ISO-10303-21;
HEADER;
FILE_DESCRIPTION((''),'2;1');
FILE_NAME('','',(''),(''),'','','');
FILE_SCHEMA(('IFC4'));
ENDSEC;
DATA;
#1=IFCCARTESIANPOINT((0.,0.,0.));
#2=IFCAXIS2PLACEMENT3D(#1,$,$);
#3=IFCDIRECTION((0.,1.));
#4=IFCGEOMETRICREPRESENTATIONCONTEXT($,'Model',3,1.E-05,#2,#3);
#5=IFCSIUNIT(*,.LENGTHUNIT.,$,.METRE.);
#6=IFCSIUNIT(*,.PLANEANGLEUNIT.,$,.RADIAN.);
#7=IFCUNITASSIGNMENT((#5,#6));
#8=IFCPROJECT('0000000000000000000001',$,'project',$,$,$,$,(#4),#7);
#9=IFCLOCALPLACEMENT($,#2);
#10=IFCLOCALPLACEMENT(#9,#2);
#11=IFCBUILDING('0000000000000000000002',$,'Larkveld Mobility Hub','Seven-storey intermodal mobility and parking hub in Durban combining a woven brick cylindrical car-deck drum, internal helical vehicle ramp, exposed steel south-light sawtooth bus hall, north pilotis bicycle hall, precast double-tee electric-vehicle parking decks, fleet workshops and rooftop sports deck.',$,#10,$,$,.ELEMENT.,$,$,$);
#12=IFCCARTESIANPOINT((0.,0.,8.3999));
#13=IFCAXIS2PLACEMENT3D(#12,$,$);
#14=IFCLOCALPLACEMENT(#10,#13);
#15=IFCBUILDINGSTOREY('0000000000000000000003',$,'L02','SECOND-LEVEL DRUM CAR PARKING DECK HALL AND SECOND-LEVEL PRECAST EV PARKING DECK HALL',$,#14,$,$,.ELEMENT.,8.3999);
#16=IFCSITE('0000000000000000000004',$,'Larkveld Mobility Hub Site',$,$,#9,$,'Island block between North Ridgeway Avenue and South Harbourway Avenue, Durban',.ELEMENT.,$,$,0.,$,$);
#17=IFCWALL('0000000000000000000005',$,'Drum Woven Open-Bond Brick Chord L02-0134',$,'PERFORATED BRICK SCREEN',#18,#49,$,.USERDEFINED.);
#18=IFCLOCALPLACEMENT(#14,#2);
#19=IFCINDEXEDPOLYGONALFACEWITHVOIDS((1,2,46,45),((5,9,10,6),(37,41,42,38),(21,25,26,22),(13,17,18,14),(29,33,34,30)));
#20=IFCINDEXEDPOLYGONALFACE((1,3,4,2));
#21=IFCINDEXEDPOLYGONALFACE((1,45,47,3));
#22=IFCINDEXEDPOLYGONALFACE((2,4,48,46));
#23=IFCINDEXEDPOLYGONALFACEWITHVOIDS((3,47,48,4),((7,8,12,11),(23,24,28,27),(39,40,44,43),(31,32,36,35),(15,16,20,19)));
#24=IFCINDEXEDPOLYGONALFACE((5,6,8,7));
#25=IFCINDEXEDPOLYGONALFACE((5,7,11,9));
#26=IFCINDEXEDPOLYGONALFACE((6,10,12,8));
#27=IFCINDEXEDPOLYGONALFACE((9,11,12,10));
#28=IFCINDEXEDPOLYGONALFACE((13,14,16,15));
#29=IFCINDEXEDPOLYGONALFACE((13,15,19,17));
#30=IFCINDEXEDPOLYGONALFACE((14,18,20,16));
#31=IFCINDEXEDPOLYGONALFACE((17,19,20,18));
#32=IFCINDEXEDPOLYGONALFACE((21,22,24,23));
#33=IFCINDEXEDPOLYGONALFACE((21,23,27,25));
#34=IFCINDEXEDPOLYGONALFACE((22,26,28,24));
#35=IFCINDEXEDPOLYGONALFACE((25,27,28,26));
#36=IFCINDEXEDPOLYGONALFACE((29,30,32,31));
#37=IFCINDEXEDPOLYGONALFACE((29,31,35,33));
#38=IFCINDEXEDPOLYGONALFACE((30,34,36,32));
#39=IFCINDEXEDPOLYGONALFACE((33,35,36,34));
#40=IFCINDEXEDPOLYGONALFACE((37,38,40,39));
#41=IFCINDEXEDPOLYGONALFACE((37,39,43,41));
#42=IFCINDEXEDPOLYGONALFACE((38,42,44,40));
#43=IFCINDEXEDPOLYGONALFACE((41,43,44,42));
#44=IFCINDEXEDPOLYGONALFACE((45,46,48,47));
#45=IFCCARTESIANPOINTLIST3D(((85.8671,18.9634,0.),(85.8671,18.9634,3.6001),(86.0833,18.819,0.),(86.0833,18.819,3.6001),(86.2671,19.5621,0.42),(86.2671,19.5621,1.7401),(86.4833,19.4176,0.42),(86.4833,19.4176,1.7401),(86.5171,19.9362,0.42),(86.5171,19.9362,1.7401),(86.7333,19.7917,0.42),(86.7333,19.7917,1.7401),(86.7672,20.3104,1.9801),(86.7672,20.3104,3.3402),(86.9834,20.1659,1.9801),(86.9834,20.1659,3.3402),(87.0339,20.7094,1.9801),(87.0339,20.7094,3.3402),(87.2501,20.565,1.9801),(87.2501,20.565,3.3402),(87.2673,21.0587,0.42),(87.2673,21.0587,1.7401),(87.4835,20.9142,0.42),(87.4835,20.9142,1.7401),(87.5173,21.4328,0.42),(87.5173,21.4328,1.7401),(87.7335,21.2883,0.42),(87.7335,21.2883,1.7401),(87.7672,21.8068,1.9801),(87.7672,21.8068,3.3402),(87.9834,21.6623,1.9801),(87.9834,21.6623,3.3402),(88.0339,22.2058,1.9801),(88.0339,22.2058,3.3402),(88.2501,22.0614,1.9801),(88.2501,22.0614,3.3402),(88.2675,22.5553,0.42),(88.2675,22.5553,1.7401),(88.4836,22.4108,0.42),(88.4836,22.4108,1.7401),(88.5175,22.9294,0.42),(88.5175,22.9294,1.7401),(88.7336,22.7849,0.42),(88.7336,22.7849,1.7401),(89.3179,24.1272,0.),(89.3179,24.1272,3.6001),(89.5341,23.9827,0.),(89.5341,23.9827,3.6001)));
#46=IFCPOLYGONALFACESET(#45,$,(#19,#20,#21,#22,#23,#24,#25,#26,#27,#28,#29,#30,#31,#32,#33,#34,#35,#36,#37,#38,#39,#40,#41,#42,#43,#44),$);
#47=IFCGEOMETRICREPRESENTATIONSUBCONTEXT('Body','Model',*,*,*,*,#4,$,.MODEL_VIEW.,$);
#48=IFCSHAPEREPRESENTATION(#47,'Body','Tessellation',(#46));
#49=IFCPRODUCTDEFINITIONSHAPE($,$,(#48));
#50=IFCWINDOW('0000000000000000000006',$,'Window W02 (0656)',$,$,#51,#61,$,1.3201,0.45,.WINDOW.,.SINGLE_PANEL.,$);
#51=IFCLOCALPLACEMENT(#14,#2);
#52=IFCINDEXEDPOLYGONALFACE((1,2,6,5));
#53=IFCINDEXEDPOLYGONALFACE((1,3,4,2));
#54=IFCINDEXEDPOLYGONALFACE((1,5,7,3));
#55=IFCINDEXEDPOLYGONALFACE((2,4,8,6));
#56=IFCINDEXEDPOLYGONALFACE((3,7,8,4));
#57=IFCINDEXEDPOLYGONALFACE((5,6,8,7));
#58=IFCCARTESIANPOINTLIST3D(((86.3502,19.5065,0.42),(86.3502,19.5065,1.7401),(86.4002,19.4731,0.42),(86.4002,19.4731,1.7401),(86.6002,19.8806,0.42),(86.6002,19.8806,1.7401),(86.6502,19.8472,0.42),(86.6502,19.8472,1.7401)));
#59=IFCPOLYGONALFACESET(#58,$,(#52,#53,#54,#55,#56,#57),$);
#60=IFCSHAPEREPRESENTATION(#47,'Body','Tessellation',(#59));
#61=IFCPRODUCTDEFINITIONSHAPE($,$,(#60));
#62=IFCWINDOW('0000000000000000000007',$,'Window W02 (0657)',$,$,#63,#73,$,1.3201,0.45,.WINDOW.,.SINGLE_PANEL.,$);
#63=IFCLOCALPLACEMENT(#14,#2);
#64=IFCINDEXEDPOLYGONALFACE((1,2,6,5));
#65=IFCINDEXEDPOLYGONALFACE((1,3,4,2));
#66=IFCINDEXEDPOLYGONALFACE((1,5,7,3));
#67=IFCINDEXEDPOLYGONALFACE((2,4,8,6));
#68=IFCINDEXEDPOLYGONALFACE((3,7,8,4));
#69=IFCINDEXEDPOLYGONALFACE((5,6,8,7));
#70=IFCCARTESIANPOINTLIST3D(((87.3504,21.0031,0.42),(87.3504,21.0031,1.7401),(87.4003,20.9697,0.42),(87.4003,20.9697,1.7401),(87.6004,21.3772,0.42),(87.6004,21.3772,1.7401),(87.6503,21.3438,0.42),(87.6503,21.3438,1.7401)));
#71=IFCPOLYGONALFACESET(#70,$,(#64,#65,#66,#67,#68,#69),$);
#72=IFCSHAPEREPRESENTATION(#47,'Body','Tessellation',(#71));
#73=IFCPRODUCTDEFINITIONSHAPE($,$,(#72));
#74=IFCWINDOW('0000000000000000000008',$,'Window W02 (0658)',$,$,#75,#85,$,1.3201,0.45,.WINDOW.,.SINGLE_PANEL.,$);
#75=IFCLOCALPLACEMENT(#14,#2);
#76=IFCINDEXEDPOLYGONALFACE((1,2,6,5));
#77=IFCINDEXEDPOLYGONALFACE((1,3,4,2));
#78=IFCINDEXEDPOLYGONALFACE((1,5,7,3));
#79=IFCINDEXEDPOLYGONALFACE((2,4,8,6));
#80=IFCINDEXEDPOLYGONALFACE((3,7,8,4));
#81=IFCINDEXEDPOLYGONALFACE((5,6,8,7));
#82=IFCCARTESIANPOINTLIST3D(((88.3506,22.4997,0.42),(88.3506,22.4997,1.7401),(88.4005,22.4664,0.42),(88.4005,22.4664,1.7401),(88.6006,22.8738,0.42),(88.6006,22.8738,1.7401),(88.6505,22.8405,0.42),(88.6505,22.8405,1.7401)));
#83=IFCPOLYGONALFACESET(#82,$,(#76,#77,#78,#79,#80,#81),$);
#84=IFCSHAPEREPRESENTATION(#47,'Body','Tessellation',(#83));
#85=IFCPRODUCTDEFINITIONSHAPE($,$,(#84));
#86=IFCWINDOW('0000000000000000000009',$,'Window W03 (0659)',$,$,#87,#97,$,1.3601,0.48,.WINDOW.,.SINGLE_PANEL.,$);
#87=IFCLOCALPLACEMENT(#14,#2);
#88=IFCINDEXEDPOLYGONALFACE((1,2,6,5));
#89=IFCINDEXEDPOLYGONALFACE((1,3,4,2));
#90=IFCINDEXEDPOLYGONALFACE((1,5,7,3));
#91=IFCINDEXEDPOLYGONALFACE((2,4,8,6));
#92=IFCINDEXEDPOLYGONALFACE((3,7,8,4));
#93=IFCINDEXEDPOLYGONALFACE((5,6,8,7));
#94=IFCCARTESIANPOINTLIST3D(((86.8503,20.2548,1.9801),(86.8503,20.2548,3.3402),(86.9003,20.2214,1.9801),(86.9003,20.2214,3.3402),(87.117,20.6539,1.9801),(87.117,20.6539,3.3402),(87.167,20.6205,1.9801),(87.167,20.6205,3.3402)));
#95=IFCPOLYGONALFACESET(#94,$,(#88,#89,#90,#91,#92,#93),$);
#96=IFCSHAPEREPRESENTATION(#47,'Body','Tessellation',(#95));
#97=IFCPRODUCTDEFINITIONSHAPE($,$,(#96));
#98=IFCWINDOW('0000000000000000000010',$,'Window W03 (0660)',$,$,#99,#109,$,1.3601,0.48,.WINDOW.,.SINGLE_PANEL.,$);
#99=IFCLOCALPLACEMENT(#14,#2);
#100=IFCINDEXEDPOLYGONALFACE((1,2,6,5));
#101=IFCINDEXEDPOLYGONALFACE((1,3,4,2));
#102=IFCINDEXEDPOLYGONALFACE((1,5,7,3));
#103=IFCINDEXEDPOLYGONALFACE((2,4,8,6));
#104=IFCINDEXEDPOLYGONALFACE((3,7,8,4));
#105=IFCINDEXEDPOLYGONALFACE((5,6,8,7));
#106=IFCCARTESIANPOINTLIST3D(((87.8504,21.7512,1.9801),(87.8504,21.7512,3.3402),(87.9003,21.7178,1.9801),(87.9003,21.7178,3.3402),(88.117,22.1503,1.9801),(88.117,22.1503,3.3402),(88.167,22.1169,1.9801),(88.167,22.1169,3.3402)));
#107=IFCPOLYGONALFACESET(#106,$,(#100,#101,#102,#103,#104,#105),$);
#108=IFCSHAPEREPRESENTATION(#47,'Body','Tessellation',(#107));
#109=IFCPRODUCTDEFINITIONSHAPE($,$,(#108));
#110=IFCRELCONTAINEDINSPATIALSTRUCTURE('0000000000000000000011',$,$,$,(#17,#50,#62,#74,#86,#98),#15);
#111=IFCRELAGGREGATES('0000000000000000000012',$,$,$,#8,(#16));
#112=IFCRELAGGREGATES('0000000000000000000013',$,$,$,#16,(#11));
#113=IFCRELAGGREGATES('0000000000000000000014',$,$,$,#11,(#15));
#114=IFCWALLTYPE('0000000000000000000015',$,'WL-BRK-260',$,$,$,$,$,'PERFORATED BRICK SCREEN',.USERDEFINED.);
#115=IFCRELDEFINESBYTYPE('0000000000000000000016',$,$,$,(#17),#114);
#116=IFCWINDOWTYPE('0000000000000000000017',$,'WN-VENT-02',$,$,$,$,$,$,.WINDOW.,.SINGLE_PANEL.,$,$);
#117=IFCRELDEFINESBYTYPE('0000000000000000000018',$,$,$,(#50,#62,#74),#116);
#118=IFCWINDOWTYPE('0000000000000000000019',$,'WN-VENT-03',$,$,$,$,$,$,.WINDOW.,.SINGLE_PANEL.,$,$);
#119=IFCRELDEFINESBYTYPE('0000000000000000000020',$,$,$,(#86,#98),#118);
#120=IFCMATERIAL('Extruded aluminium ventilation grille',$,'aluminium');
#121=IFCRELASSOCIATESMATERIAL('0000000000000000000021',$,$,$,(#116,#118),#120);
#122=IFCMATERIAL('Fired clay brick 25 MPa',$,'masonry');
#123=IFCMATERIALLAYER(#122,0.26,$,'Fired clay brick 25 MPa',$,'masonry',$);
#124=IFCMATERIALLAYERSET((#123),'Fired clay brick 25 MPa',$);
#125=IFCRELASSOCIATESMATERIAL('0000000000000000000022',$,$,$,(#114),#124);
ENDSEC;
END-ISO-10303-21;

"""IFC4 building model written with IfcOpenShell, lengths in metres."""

from ifc_helpers import new_model, si_unit, direction, frame, frame_2d, origin, place, context, subcontext, project, spatial, rectangle, extrude, material, layer, layer_set, type_object, element, fill, save


model = new_model("IFC4")

# Units and contexts
model_context = context("Model", 3, precision=1e-05, world=origin(), true_north=direction((0.0, 1.0)))
body_context = subcontext(model_context, "Body", "Model", "MODEL_VIEW")
ifc_project = project(units=[si_unit("LENGTHUNIT", "METRE"), si_unit("PLANEANGLEUNIT", "RADIAN")], contexts=[model_context])

# Site, building, storey
site_placement = place(None, origin())
site = spatial("IfcSite", under=ifc_project, at=site_placement, Name="Larkveld Mobility Hub Site", LongName="Island block between North Ridgeway Avenue and South Harbourway Avenue, Durban", CompositionType="ELEMENT", RefElevation=0.0)
building_placement = place(site_placement, origin())
building = spatial("IfcBuilding", under=site, at=building_placement, Name="Larkveld Mobility Hub", Description="Seven-storey intermodal mobility and parking hub in Durban combining a woven brick cylindrical car-deck drum, internal helical vehicle ramp, exposed steel south-light sawtooth bus hall, north pilotis bicycle hall, precast double-tee electric-vehicle parking decks, fleet workshops and rooftop sports deck.", CompositionType="ELEMENT")
storey_placement = place(building_placement, frame((0.0, 0.0, 8.3999)))
storey = spatial("IfcBuildingStorey", under=building, at=storey_placement, Name="L02", Description="SECOND-LEVEL DRUM CAR PARKING DECK HALL AND SECOND-LEVEL PRECAST EV PARKING DECK HALL", CompositionType="ELEMENT", Elevation=8.3999)

# Wall, openings, windows
ifc_material_1 = material(Name="Fired clay brick 25 MPa", Category="masonry")
ifc_material_2 = material(Name="Extruded aluminium ventilation grille", Category="aluminium")
window_type_1 = type_object("IfcWindowType", Name="WN-VENT-02", PartitioningType="SINGLE_PANEL", PredefinedType="WINDOW", material=ifc_material_2)
ifc_layer_1 = layer(ifc_material_1, 0.26, Name="Fired clay brick 25 MPa", Category="masonry")
ifc_layer_set_1 = layer_set([ifc_layer_1], Name="Fired clay brick 25 MPa")
wall_type_1 = type_object("IfcWallType", Name="WL-BRK-260", ElementType="PERFORATED BRICK SCREEN", PredefinedType="USERDEFINED", material=ifc_layer_set_1)
wall_1_placement = place(storey_placement, frame((85.9751, 18.8911, 0.0), z_axis=(0.0, 0.0, 1.0), x_axis=(0.555634, 0.831427, 0.0)))
wall_1 = element("IfcWall", 1, at=wall_1_placement, inside=storey, type_object=wall_type_1, Name="Drum Woven Open-Bond Brick Chord L02-0134", ObjectType="PERFORATED BRICK SCREEN", PredefinedType="USERDEFINED", context=body_context, shape_type="SweptSolid", body=[
    extrude(rectangle(XDim=6.2107, YDim=0.26, at=frame_2d((3.1055, 0.0))), origin(), (0.0, 0.0, 1.0), 3.6001),
])
opening_1_placement = place(wall_1_placement, frame((0.72, 0.0, 0.4199)))
opening_1 = element("IfcOpeningElement", 2, at=opening_1_placement, cuts=wall_1, PredefinedType="OPENING", context=body_context, shape_type="SweptSolid", body=[
    extrude(rectangle(XDim=0.45, YDim=1.3201, at=frame_2d((0.2251, 0.6602))), frame((0.0, 0.1401, 0.0), z_axis=(0.0, -1.0, 0.0), x_axis=(1.0, 0.0, 0.0)), (0.0, 0.0, 1.0), 0.28),
])
opening_2_placement = place(wall_1_placement, frame((2.52, 0.0, 0.4199)))
opening_2 = element("IfcOpeningElement", 3, at=opening_2_placement, cuts=wall_1, PredefinedType="OPENING", context=body_context, shape_type="SweptSolid", body=[
    extrude(rectangle(XDim=0.45, YDim=1.3201, at=frame_2d((0.2251, 0.6602))), frame((0.0, 0.1401, 0.0), z_axis=(0.0, -1.0, 0.0), x_axis=(1.0, 0.0, 0.0)), (0.0, 0.0, 1.0), 0.28),
])
opening_3_placement = place(wall_1_placement, frame((4.3201, 0.0, 0.4199)))
opening_3 = element("IfcOpeningElement", 4, at=opening_3_placement, cuts=wall_1, PredefinedType="OPENING", context=body_context, shape_type="SweptSolid", body=[
    extrude(rectangle(XDim=0.45, YDim=1.3201, at=frame_2d((0.2251, 0.6602))), frame((0.0, 0.1401, 0.0), z_axis=(0.0, -1.0, 0.0), x_axis=(1.0, 0.0, 0.0)), (0.0, 0.0, 1.0), 0.28),
])
opening_4_placement = place(wall_1_placement, frame((1.6201, 0.0, 1.98)))
opening_4 = element("IfcOpeningElement", 5, at=opening_4_placement, cuts=wall_1, PredefinedType="OPENING", context=body_context, shape_type="SweptSolid", body=[
    extrude(rectangle(XDim=0.48, YDim=1.3601, at=frame_2d((0.24, 0.6802))), frame((0.0, 0.1401, 0.0), z_axis=(0.0, -1.0, 0.0), x_axis=(1.0, 0.0, 0.0)), (0.0, 0.0, 1.0), 0.28),
])
opening_5_placement = place(wall_1_placement, frame((3.4199, 0.0, 1.98)))
opening_5 = element("IfcOpeningElement", 6, at=opening_5_placement, cuts=wall_1, PredefinedType="OPENING", context=body_context, shape_type="SweptSolid", body=[
    extrude(rectangle(XDim=0.48, YDim=1.3601, at=frame_2d((0.24, 0.6802))), frame((0.0, 0.1401, 0.0), z_axis=(0.0, -1.0, 0.0), x_axis=(1.0, 0.0, 0.0)), (0.0, 0.0, 1.0), 0.28),
])
window_1_placement = place(opening_1_placement, origin())
window_1 = element("IfcWindow", 7, at=window_1_placement, inside=storey, type_object=window_type_1, Name="Window W02 (0656)", OverallHeight=1.3201, OverallWidth=0.45, PartitioningType="SINGLE_PANEL", PredefinedType="WINDOW", context=body_context, shape_type="SweptSolid", body=[
    extrude(rectangle(XDim=0.45, YDim=1.3201, at=frame_2d((0.2251, 0.6602))), frame((0.0, 0.03, 0.0), z_axis=(0.0, -1.0, 0.0), x_axis=(1.0, 0.0, 0.0)), (0.0, 0.0, 1.0), 0.0601),
])
fill(opening_1, window_1)
window_2_placement = place(opening_2_placement, origin())
window_2 = element("IfcWindow", 8, at=window_2_placement, inside=storey, type_object=window_type_1, Name="Window W02 (0657)", OverallHeight=1.3201, OverallWidth=0.45, PartitioningType="SINGLE_PANEL", PredefinedType="WINDOW", context=body_context, shape_type="SweptSolid", body=[
    extrude(rectangle(XDim=0.45, YDim=1.3201, at=frame_2d((0.2251, 0.6602))), frame((0.0, 0.03, 0.0), z_axis=(0.0, -1.0, 0.0), x_axis=(1.0, 0.0, 0.0)), (0.0, 0.0, 1.0), 0.0601),
])
fill(opening_2, window_2)
window_3_placement = place(opening_3_placement, origin())
window_3 = element("IfcWindow", 9, at=window_3_placement, inside=storey, type_object=window_type_1, Name="Window W02 (0658)", OverallHeight=1.3201, OverallWidth=0.45, PartitioningType="SINGLE_PANEL", PredefinedType="WINDOW", context=body_context, shape_type="SweptSolid", body=[
    extrude(rectangle(XDim=0.45, YDim=1.3201, at=frame_2d((0.2251, 0.6602))), frame((0.0, 0.03, 0.0), z_axis=(0.0, -1.0, 0.0), x_axis=(1.0, 0.0, 0.0)), (0.0, 0.0, 1.0), 0.0601),
])
fill(opening_3, window_3)
window_type_2 = type_object("IfcWindowType", Name="WN-VENT-03", PartitioningType="SINGLE_PANEL", PredefinedType="WINDOW", material=ifc_material_2)
window_4_placement = place(opening_4_placement, origin())
window_4 = element("IfcWindow", 10, at=window_4_placement, inside=storey, type_object=window_type_2, Name="Window W03 (0659)", OverallHeight=1.3601, OverallWidth=0.48, PartitioningType="SINGLE_PANEL", PredefinedType="WINDOW", context=body_context, shape_type="SweptSolid", body=[
    extrude(rectangle(XDim=0.48, YDim=1.3601, at=frame_2d((0.24, 0.6802))), frame((0.0, 0.03, 0.0), z_axis=(0.0, -1.0, 0.0), x_axis=(1.0, 0.0, 0.0)), (0.0, 0.0, 1.0), 0.0601),
])
fill(opening_4, window_4)
window_5_placement = place(opening_5_placement, origin())
window_5 = element("IfcWindow", 11, at=window_5_placement, inside=storey, type_object=window_type_2, Name="Window W03 (0660)", OverallHeight=1.3601, OverallWidth=0.48, PartitioningType="SINGLE_PANEL", PredefinedType="WINDOW", context=body_context, shape_type="SweptSolid", body=[
    extrude(rectangle(XDim=0.48, YDim=1.3601, at=frame_2d((0.24, 0.6802))), frame((0.0, 0.03, 0.0), z_axis=(0.0, -1.0, 0.0), x_axis=(1.0, 0.0, 0.0)), (0.0, 0.0, 1.0), 0.0601),
])
fill(opening_5, window_5)

save(model, "model.ifc")
